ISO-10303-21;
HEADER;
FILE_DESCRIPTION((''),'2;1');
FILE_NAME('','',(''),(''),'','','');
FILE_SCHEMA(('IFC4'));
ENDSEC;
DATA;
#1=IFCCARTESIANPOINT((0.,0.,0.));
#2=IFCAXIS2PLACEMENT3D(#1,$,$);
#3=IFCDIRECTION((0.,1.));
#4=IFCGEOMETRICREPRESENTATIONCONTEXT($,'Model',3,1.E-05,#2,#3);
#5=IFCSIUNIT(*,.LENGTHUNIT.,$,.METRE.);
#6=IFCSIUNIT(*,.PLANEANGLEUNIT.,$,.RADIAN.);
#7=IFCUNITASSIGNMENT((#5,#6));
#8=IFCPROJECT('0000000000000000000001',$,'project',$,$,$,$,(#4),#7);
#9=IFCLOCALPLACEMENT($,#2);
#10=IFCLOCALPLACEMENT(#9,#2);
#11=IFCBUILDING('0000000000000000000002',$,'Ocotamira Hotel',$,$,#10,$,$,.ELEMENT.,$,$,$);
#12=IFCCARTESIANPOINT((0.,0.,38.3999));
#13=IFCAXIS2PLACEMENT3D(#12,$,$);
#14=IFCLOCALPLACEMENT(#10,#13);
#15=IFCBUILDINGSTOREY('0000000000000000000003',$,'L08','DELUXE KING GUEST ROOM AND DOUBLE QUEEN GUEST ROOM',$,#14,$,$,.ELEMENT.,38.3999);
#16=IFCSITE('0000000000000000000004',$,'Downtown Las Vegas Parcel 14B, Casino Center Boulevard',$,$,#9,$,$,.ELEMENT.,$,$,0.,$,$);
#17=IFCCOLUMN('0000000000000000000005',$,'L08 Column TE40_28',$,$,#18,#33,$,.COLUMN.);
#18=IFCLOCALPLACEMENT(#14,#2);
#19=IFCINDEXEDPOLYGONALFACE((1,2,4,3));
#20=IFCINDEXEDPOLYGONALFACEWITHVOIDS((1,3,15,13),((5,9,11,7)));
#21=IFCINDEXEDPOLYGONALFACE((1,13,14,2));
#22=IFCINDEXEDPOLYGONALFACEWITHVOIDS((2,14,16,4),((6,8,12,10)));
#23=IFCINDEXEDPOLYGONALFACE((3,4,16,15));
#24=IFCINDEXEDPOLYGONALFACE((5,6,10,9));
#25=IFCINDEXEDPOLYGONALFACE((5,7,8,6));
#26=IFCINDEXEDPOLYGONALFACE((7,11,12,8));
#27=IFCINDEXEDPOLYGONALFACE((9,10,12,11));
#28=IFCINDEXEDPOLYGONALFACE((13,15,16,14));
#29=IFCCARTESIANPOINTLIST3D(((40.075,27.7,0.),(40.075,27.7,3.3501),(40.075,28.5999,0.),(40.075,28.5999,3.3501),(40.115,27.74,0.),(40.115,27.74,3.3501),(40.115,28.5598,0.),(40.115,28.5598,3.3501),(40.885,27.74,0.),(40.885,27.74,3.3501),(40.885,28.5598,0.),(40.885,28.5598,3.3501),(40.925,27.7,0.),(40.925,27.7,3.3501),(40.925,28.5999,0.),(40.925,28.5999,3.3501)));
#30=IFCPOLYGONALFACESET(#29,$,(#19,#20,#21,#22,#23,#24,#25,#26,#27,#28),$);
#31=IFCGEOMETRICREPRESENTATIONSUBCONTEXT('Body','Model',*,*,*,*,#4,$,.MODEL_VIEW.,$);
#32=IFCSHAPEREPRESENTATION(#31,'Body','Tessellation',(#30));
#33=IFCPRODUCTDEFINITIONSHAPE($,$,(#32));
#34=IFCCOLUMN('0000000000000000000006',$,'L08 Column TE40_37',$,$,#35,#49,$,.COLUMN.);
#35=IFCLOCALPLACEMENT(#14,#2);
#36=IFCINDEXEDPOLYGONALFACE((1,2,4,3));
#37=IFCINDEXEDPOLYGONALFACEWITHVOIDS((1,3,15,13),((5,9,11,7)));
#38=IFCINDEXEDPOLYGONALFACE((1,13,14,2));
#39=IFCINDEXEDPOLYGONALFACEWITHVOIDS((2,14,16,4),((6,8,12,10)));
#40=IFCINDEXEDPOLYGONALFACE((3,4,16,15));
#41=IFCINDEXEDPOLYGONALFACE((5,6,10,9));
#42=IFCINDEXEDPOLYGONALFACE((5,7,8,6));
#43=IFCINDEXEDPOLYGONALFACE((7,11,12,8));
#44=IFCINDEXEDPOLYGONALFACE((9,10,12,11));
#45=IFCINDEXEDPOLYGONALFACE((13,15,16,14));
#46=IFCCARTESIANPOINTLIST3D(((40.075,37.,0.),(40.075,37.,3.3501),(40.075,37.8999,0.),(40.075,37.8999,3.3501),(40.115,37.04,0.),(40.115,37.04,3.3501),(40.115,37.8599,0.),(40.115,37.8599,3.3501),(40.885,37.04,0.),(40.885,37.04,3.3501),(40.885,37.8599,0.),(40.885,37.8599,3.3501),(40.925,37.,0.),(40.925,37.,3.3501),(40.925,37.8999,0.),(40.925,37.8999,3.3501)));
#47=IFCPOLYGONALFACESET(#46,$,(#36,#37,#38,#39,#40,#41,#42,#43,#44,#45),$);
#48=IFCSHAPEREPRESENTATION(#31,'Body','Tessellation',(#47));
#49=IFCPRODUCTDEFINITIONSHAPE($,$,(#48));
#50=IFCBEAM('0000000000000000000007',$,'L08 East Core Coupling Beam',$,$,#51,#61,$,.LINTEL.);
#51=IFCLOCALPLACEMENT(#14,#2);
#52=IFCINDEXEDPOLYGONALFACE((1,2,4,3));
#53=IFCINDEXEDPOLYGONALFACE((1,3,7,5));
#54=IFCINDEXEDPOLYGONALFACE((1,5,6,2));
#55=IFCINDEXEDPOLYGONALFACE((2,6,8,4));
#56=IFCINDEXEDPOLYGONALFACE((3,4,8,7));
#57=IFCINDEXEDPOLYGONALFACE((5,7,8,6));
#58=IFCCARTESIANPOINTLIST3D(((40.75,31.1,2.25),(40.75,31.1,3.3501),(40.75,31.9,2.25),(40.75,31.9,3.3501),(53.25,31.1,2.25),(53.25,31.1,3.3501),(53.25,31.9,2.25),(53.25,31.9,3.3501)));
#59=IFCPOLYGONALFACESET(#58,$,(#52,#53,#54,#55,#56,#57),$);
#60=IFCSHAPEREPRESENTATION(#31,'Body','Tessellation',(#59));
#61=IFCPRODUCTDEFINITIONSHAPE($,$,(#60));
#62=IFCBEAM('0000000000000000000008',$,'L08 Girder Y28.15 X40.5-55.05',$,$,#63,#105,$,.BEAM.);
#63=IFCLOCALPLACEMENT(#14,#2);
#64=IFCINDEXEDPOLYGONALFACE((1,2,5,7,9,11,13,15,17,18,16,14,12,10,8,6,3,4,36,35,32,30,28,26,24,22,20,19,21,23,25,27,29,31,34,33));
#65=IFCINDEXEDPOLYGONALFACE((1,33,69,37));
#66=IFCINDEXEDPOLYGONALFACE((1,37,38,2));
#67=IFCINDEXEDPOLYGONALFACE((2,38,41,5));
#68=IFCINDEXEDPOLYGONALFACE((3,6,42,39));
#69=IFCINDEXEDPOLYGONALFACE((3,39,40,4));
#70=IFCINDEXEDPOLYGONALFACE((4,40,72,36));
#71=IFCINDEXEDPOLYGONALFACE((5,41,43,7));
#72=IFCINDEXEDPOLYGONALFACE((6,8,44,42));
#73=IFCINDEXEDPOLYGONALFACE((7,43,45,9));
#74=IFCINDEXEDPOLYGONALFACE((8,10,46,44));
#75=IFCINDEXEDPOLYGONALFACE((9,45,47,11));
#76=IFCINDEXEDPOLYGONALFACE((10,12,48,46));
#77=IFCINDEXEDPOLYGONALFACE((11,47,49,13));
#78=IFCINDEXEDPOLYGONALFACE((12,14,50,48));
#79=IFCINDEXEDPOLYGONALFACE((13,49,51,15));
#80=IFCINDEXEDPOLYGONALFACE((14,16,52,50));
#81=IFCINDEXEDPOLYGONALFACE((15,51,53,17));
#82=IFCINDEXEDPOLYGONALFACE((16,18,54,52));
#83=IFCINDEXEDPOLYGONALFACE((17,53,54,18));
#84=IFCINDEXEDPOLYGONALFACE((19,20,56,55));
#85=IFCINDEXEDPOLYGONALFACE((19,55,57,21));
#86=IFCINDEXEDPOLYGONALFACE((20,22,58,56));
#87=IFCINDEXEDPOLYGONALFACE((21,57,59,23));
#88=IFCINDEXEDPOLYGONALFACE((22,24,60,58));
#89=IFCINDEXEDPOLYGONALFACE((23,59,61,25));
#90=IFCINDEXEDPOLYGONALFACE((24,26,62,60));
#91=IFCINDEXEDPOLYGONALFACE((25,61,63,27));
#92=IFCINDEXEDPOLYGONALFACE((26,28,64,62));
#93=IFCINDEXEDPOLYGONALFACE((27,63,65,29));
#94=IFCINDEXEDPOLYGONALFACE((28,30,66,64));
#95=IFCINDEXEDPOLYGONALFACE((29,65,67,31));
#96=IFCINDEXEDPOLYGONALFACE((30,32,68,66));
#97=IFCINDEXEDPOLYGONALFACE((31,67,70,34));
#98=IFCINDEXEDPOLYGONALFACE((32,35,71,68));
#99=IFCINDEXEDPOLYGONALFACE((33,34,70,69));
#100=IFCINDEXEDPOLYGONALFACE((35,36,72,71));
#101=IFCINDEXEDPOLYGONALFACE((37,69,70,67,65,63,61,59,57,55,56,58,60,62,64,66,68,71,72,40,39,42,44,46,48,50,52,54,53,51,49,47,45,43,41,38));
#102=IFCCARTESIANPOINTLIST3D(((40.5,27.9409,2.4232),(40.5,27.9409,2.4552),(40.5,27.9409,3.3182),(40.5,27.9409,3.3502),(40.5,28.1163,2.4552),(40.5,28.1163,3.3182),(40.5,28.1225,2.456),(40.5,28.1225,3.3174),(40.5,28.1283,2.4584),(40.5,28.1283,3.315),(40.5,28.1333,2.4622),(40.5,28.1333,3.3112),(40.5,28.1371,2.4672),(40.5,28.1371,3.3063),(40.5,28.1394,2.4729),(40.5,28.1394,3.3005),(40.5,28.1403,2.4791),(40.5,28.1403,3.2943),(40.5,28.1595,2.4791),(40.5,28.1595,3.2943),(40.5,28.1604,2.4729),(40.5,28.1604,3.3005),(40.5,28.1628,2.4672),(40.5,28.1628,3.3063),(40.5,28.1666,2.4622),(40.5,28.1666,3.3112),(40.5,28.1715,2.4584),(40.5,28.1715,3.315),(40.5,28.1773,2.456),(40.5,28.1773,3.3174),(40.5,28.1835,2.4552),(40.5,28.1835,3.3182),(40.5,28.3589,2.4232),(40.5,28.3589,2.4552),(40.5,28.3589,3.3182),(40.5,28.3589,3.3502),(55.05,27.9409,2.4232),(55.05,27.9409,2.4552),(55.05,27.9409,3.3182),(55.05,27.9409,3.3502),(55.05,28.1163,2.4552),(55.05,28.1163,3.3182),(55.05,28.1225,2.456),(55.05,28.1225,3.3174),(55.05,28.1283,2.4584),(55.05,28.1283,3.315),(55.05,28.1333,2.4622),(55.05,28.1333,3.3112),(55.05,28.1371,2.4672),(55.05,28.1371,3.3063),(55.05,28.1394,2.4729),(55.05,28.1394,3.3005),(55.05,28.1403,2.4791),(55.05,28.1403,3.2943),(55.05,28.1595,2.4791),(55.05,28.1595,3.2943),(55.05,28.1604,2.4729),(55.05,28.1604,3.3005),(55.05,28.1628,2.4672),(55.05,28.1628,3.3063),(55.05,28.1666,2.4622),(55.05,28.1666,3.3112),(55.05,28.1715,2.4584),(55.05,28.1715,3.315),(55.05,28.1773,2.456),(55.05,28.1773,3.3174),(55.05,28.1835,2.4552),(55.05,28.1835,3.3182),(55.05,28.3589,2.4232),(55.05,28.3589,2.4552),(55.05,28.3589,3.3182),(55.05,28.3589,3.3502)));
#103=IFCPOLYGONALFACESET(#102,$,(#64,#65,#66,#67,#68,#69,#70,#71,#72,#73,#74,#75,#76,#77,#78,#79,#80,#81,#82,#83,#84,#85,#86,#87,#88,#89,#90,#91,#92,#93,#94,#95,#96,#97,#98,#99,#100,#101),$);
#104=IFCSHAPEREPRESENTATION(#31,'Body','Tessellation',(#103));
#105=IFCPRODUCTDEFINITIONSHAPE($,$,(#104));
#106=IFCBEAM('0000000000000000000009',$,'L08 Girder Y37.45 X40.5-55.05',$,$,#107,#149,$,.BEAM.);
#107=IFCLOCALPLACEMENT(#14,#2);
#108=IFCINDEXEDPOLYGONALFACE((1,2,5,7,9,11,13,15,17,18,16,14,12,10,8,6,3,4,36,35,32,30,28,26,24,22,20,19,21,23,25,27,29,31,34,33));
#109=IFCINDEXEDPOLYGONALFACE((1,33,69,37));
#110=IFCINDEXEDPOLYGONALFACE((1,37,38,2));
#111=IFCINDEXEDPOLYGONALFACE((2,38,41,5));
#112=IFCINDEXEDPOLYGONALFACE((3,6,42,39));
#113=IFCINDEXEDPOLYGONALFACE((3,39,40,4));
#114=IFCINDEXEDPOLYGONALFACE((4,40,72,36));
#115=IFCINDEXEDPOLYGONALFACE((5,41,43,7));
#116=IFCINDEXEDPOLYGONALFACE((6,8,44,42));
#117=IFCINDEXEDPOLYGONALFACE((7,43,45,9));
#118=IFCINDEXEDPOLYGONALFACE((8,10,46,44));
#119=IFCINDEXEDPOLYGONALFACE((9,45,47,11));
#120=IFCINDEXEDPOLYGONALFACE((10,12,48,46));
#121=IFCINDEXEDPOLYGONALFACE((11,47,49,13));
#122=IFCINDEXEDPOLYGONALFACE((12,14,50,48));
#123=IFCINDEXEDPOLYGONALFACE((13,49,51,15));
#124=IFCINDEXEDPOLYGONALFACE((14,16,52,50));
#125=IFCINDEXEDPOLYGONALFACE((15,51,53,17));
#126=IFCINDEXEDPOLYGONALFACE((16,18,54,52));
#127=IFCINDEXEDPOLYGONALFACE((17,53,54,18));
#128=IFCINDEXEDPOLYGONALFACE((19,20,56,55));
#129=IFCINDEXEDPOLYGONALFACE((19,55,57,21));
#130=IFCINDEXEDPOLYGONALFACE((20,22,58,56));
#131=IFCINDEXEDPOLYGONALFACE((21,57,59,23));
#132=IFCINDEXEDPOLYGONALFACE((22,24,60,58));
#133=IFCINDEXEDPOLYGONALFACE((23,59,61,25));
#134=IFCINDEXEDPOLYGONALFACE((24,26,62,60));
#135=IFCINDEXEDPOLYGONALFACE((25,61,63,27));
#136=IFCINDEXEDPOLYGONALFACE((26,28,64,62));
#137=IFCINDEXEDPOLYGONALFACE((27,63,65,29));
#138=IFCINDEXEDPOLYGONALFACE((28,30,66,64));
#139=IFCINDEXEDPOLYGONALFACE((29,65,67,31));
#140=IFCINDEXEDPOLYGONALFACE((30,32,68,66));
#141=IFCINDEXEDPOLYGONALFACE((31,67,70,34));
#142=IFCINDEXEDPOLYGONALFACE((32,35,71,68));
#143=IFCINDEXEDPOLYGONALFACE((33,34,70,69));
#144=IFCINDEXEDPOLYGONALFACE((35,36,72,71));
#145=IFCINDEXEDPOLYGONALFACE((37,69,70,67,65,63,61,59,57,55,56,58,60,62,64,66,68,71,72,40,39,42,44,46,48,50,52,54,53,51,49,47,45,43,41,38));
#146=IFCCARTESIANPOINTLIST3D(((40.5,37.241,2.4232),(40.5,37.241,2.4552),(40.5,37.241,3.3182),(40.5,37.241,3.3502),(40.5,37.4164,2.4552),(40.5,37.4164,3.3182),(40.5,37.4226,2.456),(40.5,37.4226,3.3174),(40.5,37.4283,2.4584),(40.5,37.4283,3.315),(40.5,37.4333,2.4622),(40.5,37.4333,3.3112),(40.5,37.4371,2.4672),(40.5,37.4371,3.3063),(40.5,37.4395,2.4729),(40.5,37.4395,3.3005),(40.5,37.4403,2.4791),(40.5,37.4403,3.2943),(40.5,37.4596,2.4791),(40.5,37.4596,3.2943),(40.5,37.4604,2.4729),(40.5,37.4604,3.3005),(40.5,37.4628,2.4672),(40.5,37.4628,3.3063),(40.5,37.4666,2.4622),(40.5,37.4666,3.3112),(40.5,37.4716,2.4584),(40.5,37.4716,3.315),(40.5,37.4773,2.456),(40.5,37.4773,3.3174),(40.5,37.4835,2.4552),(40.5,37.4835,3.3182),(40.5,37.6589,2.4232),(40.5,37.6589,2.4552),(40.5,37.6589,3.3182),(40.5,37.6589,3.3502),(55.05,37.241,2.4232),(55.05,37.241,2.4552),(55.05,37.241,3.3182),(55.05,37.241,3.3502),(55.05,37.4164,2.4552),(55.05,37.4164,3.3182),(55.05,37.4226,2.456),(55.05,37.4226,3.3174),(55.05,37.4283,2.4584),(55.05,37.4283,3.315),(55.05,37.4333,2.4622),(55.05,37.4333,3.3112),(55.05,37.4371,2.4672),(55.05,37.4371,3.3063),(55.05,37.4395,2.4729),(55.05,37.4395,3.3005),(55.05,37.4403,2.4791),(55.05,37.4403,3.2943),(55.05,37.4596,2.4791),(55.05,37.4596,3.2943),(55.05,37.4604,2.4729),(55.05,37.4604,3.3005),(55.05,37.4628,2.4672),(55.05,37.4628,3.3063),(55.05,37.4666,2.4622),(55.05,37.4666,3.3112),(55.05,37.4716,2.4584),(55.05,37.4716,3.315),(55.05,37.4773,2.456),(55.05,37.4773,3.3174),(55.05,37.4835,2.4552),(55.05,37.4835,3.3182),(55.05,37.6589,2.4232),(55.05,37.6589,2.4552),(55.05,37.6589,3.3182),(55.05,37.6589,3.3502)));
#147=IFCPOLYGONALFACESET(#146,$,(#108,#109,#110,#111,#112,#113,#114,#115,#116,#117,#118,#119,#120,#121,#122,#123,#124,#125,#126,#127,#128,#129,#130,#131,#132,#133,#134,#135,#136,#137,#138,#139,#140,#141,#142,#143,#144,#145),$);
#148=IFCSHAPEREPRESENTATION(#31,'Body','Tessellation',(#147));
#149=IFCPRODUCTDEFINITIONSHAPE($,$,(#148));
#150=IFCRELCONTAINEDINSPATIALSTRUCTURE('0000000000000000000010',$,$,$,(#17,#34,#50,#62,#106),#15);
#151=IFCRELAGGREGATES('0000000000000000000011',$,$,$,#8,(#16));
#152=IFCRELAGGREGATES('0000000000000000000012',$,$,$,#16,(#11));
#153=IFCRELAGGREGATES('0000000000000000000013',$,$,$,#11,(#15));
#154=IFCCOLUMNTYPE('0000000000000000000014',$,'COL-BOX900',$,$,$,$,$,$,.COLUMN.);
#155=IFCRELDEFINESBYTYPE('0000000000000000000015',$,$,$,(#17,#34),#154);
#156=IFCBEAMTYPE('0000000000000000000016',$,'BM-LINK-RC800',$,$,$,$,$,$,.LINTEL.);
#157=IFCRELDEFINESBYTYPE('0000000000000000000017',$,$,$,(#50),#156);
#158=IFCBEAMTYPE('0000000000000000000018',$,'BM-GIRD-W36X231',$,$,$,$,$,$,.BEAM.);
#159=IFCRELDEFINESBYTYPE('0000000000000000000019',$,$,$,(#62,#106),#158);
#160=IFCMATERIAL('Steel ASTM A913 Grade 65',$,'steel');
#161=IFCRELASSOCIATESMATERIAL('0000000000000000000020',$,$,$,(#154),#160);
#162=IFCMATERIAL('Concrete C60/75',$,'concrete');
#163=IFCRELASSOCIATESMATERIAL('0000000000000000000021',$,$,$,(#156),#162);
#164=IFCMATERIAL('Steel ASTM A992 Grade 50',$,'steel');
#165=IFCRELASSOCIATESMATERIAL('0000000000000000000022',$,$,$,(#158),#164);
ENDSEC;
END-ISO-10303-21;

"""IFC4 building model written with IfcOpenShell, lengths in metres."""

from ifc_helpers import new_model, si_unit, direction, frame, origin, origin_2d, place, context, subcontext, project, spatial, rectangle, hollow_rectangle, i_section, extrude, source, transform, mapped, material, material_profile, profile_set, type_object, element, save


model = new_model("IFC4")

# Units and contexts
model_context = context("Model", 3, precision=1e-05, world=origin(), true_north=direction((0.0, 1.0)))
body_context = subcontext(model_context, "Body", "Model", "MODEL_VIEW")
ifc_project = project(units=[si_unit("LENGTHUNIT", "METRE"), si_unit("PLANEANGLEUNIT", "RADIAN")], contexts=[model_context])

# Site, building, storey
site_placement = place(None, origin())
site = spatial("IfcSite", under=ifc_project, at=site_placement, Name="Downtown Las Vegas Parcel 14B, Casino Center Boulevard", CompositionType="ELEMENT", RefElevation=0.0)
building_placement = place(site_placement, origin())
building = spatial("IfcBuilding", under=site, at=building_placement, Name="Ocotamira Hotel", CompositionType="ELEMENT")
storey_placement = place(building_placement, frame((0.0, 0.0, 38.3999)))
storey = spatial("IfcBuildingStorey", under=building, at=storey_placement, Name="L08", Description="DELUXE KING GUEST ROOM AND DOUBLE QUEEN GUEST ROOM", CompositionType="ELEMENT", Elevation=38.3999)

# Columns
ifc_material_1 = material(Name="Steel ASTM A913 Grade 65", Category="steel")
ifc_material_profile_1 = material_profile(ifc_material_1, hollow_rectangle(XDim=0.8501, YDim=0.8999, WallThickness=0.04, at=origin_2d()), Name="BOX900X850X40")
ifc_profile_set_1 = profile_set([ifc_material_profile_1], Name="Steel ASTM A913 Grade 65")
column_type = type_object("IfcColumnType", Name="COL-BOX900", PredefinedType="COLUMN", material=ifc_profile_set_1)
shared_shape_1 = source(origin(), body_context, "Body", "SweptSolid", [
    extrude(hollow_rectangle(XDim=0.8501, YDim=0.8999, WallThickness=0.04, at=origin_2d()), origin(), (0.0, 0.0, 1.0), 3.3501),
])
for number, where, z_axis, x_axis, name in (
    (1, (40.5, 28.1499, 0.0), (0.0, 0.0, 1.0), (1.0, 0.0, 0.0), "L08 Column TE40_28"),
    (2, (40.5, 37.45, 0.0), (0.0, 0.0, 1.0), (1.0, 0.0, 0.0), "L08 Column TE40_37"),
):
    element("IfcColumn", number, at=place(storey_placement, frame(where, z_axis=z_axis, x_axis=x_axis)), inside=storey, type_object=column_type, Name=name, PredefinedType="COLUMN", context=body_context, shape_type="MappedRepresentation", body=[
        mapped(shared_shape_1, transform((0.0, 0.0, 0.0), scale=1.0)),
    ])

# Beams
ifc_material_2 = material(Name="Concrete C60/75", Category="concrete")
ifc_material_profile_2 = material_profile(ifc_material_2, rectangle(XDim=0.8, YDim=1.1001, at=origin_2d()), Name="RC800X1100")
ifc_profile_set_2 = profile_set([ifc_material_profile_2], Name="Concrete C60/75")
beam_type_1 = type_object("IfcBeamType", Name="BM-LINK-RC800", PredefinedType="LINTEL", material=ifc_profile_set_2)
shared_shape_2 = source(origin(), body_context, "Body", "SweptSolid", [
    extrude(rectangle(XDim=0.8, YDim=1.1001, at=origin_2d()), origin(), (0.0, 0.0, 1.0), 12.5),
])
beam_1_placement = place(storey_placement, frame((40.75, 31.5, 2.8), z_axis=(1.0, 0.0, 0.0), x_axis=(0.0, 1.0, 0.0)))
element("IfcBeam", 3, at=beam_1_placement, inside=storey, type_object=beam_type_1, Name="L08 East Core Coupling Beam", PredefinedType="LINTEL", context=body_context, shape_type="MappedRepresentation", body=[
    mapped(shared_shape_2, transform((0.0, 0.0, 0.0), scale=1.0)),
])
ifc_material_3 = material(Name="Steel ASTM A992 Grade 50", Category="steel")
ifc_material_profile_3 = material_profile(ifc_material_3, i_section(OverallWidth=0.418, OverallDepth=0.927, WebThickness=0.0193, FlangeThickness=0.032, FilletRadius=0.0239, at=origin_2d()), Name="W36X231")
ifc_profile_set_3 = profile_set([ifc_material_profile_3], Name="Steel ASTM A992 Grade 50")
beam_type_2 = type_object("IfcBeamType", Name="BM-GIRD-W36X231", PredefinedType="BEAM", material=ifc_profile_set_3)
shared_shape_3 = source(origin(), body_context, "Body", "SweptSolid", [
    extrude(i_section(OverallWidth=0.418, OverallDepth=0.927, WebThickness=0.0193, FlangeThickness=0.032, FilletRadius=0.0239, at=origin_2d()), origin(), (0.0, 0.0, 1.0), 14.55),
])
for number, where, z_axis, x_axis, name in (
    (4, (40.5, 28.1499, 2.8867), (1.0, 0.0, 0.0), (0.0, 1.0, 0.0), "L08 Girder Y28.15 X40.5-55.05"),
    (5, (40.5, 37.45, 2.8867), (1.0, 0.0, 0.0), (0.0, 1.0, 0.0), "L08 Girder Y37.45 X40.5-55.05"),
):
    element("IfcBeam", number, at=place(storey_placement, frame(where, z_axis=z_axis, x_axis=x_axis)), inside=storey, type_object=beam_type_2, Name=name, PredefinedType="BEAM", context=body_context, shape_type="MappedRepresentation", body=[
        mapped(shared_shape_3, transform((0.0, 0.0, 0.0), scale=1.0)),
    ])

save(model, "model.ifc")
